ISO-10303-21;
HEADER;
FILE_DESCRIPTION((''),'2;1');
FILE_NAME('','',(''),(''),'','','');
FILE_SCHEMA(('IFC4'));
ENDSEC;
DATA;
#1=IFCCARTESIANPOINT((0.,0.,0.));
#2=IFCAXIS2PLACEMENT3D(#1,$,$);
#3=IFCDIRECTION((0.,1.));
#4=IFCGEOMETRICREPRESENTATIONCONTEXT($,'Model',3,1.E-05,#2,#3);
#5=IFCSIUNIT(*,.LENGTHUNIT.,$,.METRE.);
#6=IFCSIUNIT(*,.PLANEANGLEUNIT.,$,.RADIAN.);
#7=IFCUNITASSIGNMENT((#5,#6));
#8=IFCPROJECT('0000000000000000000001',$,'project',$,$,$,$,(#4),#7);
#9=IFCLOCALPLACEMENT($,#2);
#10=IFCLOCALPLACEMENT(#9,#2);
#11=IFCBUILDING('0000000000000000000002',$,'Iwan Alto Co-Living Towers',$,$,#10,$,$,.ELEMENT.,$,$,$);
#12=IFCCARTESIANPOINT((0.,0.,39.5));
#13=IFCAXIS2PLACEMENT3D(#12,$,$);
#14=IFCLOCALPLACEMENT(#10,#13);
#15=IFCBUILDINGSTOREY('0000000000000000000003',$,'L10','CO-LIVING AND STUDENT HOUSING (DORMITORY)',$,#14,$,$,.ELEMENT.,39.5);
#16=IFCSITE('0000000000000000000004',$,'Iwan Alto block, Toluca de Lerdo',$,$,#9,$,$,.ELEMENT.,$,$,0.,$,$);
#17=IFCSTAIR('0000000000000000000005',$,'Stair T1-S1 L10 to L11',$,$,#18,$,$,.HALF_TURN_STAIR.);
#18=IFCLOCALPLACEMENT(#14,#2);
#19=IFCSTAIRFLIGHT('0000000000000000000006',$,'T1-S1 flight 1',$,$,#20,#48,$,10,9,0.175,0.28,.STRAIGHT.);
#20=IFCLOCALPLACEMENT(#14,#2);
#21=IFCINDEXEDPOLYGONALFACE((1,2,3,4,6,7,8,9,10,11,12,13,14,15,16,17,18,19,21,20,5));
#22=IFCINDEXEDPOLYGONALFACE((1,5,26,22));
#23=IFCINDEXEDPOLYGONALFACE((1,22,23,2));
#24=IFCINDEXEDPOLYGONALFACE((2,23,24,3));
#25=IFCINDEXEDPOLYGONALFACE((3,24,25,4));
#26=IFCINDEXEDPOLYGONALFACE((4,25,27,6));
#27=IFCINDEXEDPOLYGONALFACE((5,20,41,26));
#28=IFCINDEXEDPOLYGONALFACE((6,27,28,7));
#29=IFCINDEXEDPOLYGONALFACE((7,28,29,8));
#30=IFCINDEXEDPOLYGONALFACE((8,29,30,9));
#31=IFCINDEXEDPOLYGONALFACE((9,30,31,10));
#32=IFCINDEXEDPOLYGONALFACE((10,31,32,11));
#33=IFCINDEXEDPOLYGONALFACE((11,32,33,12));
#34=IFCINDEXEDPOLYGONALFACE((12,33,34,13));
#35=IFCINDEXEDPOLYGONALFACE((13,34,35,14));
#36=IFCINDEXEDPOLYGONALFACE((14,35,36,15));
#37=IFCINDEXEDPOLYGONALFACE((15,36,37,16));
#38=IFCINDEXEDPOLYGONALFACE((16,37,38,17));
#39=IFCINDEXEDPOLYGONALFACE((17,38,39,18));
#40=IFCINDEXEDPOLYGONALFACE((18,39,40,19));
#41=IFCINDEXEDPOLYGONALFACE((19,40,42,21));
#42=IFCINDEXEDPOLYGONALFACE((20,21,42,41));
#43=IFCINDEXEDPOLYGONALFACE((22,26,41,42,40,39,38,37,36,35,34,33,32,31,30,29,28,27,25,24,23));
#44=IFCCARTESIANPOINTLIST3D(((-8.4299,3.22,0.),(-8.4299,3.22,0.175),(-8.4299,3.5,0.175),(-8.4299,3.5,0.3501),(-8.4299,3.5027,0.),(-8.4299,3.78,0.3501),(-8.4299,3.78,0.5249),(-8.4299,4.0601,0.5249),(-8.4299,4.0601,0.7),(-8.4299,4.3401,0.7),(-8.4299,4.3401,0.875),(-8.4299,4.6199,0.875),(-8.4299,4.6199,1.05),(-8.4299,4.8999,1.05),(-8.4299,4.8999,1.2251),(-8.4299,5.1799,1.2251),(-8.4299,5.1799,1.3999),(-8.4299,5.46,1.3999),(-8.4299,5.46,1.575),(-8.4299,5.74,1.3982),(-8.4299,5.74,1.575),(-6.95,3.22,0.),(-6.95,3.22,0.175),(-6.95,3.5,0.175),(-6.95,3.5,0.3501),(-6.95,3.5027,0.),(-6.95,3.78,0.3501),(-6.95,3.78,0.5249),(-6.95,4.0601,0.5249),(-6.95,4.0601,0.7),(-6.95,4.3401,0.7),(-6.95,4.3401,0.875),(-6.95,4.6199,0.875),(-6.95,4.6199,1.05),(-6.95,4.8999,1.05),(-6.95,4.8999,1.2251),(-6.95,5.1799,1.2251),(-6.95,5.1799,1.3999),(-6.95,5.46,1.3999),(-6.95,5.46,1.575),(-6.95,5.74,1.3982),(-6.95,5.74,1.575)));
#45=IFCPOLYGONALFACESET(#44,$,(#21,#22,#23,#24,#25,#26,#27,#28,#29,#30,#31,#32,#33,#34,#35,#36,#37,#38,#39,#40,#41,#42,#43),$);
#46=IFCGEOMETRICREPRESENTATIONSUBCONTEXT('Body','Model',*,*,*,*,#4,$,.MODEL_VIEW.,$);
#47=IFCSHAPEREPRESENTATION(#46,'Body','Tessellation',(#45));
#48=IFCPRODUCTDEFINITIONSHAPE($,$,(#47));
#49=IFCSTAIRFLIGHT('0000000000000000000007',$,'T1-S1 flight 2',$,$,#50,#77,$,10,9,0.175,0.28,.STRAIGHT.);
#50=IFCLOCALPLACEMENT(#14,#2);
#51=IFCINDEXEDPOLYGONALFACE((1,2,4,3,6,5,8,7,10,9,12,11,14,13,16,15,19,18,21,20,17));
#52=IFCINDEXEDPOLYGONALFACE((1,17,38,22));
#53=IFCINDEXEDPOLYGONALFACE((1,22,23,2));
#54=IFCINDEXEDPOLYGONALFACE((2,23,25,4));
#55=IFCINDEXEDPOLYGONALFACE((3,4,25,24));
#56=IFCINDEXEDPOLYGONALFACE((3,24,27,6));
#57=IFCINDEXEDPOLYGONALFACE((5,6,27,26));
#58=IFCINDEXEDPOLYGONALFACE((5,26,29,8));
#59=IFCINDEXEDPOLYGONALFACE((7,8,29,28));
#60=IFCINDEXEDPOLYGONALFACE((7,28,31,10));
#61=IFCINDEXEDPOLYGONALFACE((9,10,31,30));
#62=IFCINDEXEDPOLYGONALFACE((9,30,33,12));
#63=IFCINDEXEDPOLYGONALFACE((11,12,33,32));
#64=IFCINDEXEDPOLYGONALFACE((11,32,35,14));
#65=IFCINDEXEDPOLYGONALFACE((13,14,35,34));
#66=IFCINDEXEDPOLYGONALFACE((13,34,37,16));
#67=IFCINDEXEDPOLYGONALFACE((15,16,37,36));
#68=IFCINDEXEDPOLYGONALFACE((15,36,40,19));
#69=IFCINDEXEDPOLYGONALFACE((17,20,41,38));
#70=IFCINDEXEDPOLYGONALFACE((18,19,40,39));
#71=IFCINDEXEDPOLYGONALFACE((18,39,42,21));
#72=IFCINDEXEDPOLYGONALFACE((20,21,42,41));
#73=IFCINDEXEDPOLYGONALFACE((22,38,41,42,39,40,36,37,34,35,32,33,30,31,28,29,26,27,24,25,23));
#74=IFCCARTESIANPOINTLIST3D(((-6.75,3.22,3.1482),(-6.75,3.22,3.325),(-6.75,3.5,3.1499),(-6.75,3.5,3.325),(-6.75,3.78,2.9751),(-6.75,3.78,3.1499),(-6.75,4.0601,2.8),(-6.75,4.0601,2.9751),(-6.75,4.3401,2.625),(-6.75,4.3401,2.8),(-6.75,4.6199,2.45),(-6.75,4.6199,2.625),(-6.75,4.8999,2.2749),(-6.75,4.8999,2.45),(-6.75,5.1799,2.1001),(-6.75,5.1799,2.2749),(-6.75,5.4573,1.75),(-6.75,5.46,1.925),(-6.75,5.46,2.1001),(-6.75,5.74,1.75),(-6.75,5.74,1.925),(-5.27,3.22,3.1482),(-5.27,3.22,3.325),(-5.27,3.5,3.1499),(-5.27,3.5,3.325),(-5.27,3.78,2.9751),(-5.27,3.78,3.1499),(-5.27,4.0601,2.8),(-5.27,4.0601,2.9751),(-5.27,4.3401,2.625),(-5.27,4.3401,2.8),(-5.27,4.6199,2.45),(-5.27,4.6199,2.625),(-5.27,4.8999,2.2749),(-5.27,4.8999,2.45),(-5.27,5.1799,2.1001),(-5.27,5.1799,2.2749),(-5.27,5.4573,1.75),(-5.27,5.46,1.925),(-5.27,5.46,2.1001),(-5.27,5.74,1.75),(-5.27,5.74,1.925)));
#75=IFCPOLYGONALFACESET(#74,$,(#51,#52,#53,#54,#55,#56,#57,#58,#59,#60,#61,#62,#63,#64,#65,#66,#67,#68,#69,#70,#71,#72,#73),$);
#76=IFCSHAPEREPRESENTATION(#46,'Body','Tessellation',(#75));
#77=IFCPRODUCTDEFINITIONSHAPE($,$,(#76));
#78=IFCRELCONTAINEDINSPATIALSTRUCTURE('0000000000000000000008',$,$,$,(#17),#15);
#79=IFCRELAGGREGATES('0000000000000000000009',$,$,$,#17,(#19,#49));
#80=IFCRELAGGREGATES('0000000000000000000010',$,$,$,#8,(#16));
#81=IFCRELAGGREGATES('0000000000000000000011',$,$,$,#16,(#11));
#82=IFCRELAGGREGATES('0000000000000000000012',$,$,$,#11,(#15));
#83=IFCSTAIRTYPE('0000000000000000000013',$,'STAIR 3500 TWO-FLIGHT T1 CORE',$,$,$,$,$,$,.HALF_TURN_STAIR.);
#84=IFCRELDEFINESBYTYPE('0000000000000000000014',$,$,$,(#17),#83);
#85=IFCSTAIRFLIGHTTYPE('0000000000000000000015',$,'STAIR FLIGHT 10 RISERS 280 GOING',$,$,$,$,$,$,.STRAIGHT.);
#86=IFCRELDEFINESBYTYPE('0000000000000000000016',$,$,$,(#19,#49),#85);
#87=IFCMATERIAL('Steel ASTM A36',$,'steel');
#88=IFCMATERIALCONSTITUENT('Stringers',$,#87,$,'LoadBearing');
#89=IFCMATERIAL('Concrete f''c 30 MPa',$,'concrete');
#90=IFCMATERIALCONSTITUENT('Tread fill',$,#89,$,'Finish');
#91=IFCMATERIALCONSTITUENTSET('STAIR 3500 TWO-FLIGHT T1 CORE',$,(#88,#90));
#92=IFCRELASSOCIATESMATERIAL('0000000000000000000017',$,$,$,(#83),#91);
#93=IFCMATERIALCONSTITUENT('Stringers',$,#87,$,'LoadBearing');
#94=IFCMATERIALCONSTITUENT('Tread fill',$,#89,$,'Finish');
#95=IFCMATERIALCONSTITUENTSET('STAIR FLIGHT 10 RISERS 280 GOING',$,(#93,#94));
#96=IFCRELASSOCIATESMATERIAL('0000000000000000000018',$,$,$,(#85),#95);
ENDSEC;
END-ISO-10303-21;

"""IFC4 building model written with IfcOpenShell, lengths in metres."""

from ifc_helpers import new_model, si_unit, direction, frame, origin, place, context, subcontext, project, spatial, polyline, outline, extrude, material, constituent, constituent_set, type_object, element, aggregate, save


model = new_model("IFC4")

# Units and contexts
model_context = context("Model", 3, precision=1e-05, world=origin(), true_north=direction((0.0, 1.0)))
body_context = subcontext(model_context, "Body", "Model", "MODEL_VIEW")
ifc_project = project(units=[si_unit("LENGTHUNIT", "METRE"), si_unit("PLANEANGLEUNIT", "RADIAN")], contexts=[model_context])

# Site, building, storey
site_placement = place(None, origin())
site = spatial("IfcSite", under=ifc_project, at=site_placement, Name="Iwan Alto block, Toluca de Lerdo", CompositionType="ELEMENT", RefElevation=0.0)
building_placement = place(site_placement, origin())
building = spatial("IfcBuilding", under=site, at=building_placement, Name="Iwan Alto Co-Living Towers", CompositionType="ELEMENT")
storey_placement = place(building_placement, frame((0.0, 0.0, 39.5)))
storey = spatial("IfcBuildingStorey", under=building, at=storey_placement, Name="L10", Description="CO-LIVING AND STUDENT HOUSING (DORMITORY)", CompositionType="ELEMENT", Elevation=39.5)

# Stair, stair flights
ifc_material_1 = material(Name="Steel ASTM A36", Category="steel")
ifc_constituent_1 = constituent(ifc_material_1, Name="Stringers", Category="LoadBearing")
ifc_material_2 = material(Name="Concrete f'c 30 MPa", Category="concrete")
ifc_constituent_2 = constituent(ifc_material_2, Name="Tread fill", Category="Finish")
ifc_constituent_set_1 = constituent_set(constituents=[ifc_constituent_1, ifc_constituent_2], Name="STAIR 3500 TWO-FLIGHT T1 CORE")
stair_type = type_object("IfcStairType", Name="STAIR 3500 TWO-FLIGHT T1 CORE", PredefinedType="HALF_TURN_STAIR", material=ifc_constituent_set_1)
stair_placement = place(storey_placement, origin())
stair = element("IfcStair", 1, at=stair_placement, inside=storey, type_object=stair_type, Name="Stair T1-S1 L10 to L11", PredefinedType="HALF_TURN_STAIR")
ifc_constituent_3 = constituent(ifc_material_1, Name="Stringers", Category="LoadBearing")
ifc_constituent_4 = constituent(ifc_material_2, Name="Tread fill", Category="Finish")
ifc_constituent_set_2 = constituent_set(constituents=[ifc_constituent_3, ifc_constituent_4], Name="STAIR FLIGHT 10 RISERS 280 GOING")
stair_flight_type = type_object("IfcStairFlightType", Name="STAIR FLIGHT 10 RISERS 280 GOING", PredefinedType="STRAIGHT", material=ifc_constituent_set_2)
stair_flight_1_placement = place(storey_placement, frame((-7.6899, 3.22, 0.0), z_axis=(0.0, 0.0, 1.0), x_axis=(0.0, 1.0, 0.0)))
stair_flight_1 = element("IfcStairFlight", 2, at=stair_flight_1_placement, type_object=stair_flight_type, Name="T1-S1 flight 1", NumberOfRisers=10, NumberOfTreads=9, PredefinedType="STRAIGHT", RiserHeight=0.175, TreadLength=0.28, context=body_context, shape_type="SweptSolid", body=[
    extrude(outline(polyline([(0.0, 0.0), (0.0, 0.175), (0.28, 0.175), (0.28, 0.3501), (0.5601, 0.3501), (0.5601, 0.5249), (0.8401, 0.5249), (0.8401, 0.7), (1.1201, 0.7), (1.1201, 0.875), (1.3999, 0.875), (1.3999, 1.05), (1.6799, 1.05), (1.6799, 1.2251), (1.96, 1.2251), (1.96, 1.3999), (2.24, 1.3999), (2.24, 1.575), (2.52, 1.575), (2.52, 1.75), (2.52, 1.3982), (0.2827, 0.0), (0.0, 0.0)])), frame((0.0, 0.74, 0.0), z_axis=(0.0, -1.0, 0.0), x_axis=(1.0, 0.0, 0.0)), (0.0, 0.0, 1.0), 1.48),
])
stair_flight_2_placement = place(storey_placement, frame((-6.01, 5.74, 1.75), z_axis=(0.0, 0.0, 1.0), x_axis=(0.0, -1.0, 0.0)))
stair_flight_2 = element("IfcStairFlight", 3, at=stair_flight_2_placement, type_object=stair_flight_type, Name="T1-S1 flight 2", NumberOfRisers=10, NumberOfTreads=9, PredefinedType="STRAIGHT", RiserHeight=0.175, TreadLength=0.28, context=body_context, shape_type="SweptSolid", body=[
    extrude(outline(polyline([(0.0, 0.0), (0.0, 0.175), (0.28, 0.175), (0.28, 0.3501), (0.5601, 0.3501), (0.5601, 0.5249), (0.8401, 0.5249), (0.8401, 0.7), (1.1201, 0.7), (1.1201, 0.875), (1.3999, 0.875), (1.3999, 1.05), (1.6799, 1.05), (1.6799, 1.2251), (1.96, 1.2251), (1.96, 1.3999), (2.24, 1.3999), (2.24, 1.575), (2.52, 1.575), (2.52, 1.75), (2.52, 1.3982), (0.2827, 0.0), (0.0, 0.0)])), frame((0.0, 0.74, 0.0), z_axis=(0.0, -1.0, 0.0), x_axis=(1.0, 0.0, 0.0)), (0.0, 0.0, 1.0), 1.48),
])
aggregate(stair, [stair_flight_1, stair_flight_2])

save(model, "model.ifc")
